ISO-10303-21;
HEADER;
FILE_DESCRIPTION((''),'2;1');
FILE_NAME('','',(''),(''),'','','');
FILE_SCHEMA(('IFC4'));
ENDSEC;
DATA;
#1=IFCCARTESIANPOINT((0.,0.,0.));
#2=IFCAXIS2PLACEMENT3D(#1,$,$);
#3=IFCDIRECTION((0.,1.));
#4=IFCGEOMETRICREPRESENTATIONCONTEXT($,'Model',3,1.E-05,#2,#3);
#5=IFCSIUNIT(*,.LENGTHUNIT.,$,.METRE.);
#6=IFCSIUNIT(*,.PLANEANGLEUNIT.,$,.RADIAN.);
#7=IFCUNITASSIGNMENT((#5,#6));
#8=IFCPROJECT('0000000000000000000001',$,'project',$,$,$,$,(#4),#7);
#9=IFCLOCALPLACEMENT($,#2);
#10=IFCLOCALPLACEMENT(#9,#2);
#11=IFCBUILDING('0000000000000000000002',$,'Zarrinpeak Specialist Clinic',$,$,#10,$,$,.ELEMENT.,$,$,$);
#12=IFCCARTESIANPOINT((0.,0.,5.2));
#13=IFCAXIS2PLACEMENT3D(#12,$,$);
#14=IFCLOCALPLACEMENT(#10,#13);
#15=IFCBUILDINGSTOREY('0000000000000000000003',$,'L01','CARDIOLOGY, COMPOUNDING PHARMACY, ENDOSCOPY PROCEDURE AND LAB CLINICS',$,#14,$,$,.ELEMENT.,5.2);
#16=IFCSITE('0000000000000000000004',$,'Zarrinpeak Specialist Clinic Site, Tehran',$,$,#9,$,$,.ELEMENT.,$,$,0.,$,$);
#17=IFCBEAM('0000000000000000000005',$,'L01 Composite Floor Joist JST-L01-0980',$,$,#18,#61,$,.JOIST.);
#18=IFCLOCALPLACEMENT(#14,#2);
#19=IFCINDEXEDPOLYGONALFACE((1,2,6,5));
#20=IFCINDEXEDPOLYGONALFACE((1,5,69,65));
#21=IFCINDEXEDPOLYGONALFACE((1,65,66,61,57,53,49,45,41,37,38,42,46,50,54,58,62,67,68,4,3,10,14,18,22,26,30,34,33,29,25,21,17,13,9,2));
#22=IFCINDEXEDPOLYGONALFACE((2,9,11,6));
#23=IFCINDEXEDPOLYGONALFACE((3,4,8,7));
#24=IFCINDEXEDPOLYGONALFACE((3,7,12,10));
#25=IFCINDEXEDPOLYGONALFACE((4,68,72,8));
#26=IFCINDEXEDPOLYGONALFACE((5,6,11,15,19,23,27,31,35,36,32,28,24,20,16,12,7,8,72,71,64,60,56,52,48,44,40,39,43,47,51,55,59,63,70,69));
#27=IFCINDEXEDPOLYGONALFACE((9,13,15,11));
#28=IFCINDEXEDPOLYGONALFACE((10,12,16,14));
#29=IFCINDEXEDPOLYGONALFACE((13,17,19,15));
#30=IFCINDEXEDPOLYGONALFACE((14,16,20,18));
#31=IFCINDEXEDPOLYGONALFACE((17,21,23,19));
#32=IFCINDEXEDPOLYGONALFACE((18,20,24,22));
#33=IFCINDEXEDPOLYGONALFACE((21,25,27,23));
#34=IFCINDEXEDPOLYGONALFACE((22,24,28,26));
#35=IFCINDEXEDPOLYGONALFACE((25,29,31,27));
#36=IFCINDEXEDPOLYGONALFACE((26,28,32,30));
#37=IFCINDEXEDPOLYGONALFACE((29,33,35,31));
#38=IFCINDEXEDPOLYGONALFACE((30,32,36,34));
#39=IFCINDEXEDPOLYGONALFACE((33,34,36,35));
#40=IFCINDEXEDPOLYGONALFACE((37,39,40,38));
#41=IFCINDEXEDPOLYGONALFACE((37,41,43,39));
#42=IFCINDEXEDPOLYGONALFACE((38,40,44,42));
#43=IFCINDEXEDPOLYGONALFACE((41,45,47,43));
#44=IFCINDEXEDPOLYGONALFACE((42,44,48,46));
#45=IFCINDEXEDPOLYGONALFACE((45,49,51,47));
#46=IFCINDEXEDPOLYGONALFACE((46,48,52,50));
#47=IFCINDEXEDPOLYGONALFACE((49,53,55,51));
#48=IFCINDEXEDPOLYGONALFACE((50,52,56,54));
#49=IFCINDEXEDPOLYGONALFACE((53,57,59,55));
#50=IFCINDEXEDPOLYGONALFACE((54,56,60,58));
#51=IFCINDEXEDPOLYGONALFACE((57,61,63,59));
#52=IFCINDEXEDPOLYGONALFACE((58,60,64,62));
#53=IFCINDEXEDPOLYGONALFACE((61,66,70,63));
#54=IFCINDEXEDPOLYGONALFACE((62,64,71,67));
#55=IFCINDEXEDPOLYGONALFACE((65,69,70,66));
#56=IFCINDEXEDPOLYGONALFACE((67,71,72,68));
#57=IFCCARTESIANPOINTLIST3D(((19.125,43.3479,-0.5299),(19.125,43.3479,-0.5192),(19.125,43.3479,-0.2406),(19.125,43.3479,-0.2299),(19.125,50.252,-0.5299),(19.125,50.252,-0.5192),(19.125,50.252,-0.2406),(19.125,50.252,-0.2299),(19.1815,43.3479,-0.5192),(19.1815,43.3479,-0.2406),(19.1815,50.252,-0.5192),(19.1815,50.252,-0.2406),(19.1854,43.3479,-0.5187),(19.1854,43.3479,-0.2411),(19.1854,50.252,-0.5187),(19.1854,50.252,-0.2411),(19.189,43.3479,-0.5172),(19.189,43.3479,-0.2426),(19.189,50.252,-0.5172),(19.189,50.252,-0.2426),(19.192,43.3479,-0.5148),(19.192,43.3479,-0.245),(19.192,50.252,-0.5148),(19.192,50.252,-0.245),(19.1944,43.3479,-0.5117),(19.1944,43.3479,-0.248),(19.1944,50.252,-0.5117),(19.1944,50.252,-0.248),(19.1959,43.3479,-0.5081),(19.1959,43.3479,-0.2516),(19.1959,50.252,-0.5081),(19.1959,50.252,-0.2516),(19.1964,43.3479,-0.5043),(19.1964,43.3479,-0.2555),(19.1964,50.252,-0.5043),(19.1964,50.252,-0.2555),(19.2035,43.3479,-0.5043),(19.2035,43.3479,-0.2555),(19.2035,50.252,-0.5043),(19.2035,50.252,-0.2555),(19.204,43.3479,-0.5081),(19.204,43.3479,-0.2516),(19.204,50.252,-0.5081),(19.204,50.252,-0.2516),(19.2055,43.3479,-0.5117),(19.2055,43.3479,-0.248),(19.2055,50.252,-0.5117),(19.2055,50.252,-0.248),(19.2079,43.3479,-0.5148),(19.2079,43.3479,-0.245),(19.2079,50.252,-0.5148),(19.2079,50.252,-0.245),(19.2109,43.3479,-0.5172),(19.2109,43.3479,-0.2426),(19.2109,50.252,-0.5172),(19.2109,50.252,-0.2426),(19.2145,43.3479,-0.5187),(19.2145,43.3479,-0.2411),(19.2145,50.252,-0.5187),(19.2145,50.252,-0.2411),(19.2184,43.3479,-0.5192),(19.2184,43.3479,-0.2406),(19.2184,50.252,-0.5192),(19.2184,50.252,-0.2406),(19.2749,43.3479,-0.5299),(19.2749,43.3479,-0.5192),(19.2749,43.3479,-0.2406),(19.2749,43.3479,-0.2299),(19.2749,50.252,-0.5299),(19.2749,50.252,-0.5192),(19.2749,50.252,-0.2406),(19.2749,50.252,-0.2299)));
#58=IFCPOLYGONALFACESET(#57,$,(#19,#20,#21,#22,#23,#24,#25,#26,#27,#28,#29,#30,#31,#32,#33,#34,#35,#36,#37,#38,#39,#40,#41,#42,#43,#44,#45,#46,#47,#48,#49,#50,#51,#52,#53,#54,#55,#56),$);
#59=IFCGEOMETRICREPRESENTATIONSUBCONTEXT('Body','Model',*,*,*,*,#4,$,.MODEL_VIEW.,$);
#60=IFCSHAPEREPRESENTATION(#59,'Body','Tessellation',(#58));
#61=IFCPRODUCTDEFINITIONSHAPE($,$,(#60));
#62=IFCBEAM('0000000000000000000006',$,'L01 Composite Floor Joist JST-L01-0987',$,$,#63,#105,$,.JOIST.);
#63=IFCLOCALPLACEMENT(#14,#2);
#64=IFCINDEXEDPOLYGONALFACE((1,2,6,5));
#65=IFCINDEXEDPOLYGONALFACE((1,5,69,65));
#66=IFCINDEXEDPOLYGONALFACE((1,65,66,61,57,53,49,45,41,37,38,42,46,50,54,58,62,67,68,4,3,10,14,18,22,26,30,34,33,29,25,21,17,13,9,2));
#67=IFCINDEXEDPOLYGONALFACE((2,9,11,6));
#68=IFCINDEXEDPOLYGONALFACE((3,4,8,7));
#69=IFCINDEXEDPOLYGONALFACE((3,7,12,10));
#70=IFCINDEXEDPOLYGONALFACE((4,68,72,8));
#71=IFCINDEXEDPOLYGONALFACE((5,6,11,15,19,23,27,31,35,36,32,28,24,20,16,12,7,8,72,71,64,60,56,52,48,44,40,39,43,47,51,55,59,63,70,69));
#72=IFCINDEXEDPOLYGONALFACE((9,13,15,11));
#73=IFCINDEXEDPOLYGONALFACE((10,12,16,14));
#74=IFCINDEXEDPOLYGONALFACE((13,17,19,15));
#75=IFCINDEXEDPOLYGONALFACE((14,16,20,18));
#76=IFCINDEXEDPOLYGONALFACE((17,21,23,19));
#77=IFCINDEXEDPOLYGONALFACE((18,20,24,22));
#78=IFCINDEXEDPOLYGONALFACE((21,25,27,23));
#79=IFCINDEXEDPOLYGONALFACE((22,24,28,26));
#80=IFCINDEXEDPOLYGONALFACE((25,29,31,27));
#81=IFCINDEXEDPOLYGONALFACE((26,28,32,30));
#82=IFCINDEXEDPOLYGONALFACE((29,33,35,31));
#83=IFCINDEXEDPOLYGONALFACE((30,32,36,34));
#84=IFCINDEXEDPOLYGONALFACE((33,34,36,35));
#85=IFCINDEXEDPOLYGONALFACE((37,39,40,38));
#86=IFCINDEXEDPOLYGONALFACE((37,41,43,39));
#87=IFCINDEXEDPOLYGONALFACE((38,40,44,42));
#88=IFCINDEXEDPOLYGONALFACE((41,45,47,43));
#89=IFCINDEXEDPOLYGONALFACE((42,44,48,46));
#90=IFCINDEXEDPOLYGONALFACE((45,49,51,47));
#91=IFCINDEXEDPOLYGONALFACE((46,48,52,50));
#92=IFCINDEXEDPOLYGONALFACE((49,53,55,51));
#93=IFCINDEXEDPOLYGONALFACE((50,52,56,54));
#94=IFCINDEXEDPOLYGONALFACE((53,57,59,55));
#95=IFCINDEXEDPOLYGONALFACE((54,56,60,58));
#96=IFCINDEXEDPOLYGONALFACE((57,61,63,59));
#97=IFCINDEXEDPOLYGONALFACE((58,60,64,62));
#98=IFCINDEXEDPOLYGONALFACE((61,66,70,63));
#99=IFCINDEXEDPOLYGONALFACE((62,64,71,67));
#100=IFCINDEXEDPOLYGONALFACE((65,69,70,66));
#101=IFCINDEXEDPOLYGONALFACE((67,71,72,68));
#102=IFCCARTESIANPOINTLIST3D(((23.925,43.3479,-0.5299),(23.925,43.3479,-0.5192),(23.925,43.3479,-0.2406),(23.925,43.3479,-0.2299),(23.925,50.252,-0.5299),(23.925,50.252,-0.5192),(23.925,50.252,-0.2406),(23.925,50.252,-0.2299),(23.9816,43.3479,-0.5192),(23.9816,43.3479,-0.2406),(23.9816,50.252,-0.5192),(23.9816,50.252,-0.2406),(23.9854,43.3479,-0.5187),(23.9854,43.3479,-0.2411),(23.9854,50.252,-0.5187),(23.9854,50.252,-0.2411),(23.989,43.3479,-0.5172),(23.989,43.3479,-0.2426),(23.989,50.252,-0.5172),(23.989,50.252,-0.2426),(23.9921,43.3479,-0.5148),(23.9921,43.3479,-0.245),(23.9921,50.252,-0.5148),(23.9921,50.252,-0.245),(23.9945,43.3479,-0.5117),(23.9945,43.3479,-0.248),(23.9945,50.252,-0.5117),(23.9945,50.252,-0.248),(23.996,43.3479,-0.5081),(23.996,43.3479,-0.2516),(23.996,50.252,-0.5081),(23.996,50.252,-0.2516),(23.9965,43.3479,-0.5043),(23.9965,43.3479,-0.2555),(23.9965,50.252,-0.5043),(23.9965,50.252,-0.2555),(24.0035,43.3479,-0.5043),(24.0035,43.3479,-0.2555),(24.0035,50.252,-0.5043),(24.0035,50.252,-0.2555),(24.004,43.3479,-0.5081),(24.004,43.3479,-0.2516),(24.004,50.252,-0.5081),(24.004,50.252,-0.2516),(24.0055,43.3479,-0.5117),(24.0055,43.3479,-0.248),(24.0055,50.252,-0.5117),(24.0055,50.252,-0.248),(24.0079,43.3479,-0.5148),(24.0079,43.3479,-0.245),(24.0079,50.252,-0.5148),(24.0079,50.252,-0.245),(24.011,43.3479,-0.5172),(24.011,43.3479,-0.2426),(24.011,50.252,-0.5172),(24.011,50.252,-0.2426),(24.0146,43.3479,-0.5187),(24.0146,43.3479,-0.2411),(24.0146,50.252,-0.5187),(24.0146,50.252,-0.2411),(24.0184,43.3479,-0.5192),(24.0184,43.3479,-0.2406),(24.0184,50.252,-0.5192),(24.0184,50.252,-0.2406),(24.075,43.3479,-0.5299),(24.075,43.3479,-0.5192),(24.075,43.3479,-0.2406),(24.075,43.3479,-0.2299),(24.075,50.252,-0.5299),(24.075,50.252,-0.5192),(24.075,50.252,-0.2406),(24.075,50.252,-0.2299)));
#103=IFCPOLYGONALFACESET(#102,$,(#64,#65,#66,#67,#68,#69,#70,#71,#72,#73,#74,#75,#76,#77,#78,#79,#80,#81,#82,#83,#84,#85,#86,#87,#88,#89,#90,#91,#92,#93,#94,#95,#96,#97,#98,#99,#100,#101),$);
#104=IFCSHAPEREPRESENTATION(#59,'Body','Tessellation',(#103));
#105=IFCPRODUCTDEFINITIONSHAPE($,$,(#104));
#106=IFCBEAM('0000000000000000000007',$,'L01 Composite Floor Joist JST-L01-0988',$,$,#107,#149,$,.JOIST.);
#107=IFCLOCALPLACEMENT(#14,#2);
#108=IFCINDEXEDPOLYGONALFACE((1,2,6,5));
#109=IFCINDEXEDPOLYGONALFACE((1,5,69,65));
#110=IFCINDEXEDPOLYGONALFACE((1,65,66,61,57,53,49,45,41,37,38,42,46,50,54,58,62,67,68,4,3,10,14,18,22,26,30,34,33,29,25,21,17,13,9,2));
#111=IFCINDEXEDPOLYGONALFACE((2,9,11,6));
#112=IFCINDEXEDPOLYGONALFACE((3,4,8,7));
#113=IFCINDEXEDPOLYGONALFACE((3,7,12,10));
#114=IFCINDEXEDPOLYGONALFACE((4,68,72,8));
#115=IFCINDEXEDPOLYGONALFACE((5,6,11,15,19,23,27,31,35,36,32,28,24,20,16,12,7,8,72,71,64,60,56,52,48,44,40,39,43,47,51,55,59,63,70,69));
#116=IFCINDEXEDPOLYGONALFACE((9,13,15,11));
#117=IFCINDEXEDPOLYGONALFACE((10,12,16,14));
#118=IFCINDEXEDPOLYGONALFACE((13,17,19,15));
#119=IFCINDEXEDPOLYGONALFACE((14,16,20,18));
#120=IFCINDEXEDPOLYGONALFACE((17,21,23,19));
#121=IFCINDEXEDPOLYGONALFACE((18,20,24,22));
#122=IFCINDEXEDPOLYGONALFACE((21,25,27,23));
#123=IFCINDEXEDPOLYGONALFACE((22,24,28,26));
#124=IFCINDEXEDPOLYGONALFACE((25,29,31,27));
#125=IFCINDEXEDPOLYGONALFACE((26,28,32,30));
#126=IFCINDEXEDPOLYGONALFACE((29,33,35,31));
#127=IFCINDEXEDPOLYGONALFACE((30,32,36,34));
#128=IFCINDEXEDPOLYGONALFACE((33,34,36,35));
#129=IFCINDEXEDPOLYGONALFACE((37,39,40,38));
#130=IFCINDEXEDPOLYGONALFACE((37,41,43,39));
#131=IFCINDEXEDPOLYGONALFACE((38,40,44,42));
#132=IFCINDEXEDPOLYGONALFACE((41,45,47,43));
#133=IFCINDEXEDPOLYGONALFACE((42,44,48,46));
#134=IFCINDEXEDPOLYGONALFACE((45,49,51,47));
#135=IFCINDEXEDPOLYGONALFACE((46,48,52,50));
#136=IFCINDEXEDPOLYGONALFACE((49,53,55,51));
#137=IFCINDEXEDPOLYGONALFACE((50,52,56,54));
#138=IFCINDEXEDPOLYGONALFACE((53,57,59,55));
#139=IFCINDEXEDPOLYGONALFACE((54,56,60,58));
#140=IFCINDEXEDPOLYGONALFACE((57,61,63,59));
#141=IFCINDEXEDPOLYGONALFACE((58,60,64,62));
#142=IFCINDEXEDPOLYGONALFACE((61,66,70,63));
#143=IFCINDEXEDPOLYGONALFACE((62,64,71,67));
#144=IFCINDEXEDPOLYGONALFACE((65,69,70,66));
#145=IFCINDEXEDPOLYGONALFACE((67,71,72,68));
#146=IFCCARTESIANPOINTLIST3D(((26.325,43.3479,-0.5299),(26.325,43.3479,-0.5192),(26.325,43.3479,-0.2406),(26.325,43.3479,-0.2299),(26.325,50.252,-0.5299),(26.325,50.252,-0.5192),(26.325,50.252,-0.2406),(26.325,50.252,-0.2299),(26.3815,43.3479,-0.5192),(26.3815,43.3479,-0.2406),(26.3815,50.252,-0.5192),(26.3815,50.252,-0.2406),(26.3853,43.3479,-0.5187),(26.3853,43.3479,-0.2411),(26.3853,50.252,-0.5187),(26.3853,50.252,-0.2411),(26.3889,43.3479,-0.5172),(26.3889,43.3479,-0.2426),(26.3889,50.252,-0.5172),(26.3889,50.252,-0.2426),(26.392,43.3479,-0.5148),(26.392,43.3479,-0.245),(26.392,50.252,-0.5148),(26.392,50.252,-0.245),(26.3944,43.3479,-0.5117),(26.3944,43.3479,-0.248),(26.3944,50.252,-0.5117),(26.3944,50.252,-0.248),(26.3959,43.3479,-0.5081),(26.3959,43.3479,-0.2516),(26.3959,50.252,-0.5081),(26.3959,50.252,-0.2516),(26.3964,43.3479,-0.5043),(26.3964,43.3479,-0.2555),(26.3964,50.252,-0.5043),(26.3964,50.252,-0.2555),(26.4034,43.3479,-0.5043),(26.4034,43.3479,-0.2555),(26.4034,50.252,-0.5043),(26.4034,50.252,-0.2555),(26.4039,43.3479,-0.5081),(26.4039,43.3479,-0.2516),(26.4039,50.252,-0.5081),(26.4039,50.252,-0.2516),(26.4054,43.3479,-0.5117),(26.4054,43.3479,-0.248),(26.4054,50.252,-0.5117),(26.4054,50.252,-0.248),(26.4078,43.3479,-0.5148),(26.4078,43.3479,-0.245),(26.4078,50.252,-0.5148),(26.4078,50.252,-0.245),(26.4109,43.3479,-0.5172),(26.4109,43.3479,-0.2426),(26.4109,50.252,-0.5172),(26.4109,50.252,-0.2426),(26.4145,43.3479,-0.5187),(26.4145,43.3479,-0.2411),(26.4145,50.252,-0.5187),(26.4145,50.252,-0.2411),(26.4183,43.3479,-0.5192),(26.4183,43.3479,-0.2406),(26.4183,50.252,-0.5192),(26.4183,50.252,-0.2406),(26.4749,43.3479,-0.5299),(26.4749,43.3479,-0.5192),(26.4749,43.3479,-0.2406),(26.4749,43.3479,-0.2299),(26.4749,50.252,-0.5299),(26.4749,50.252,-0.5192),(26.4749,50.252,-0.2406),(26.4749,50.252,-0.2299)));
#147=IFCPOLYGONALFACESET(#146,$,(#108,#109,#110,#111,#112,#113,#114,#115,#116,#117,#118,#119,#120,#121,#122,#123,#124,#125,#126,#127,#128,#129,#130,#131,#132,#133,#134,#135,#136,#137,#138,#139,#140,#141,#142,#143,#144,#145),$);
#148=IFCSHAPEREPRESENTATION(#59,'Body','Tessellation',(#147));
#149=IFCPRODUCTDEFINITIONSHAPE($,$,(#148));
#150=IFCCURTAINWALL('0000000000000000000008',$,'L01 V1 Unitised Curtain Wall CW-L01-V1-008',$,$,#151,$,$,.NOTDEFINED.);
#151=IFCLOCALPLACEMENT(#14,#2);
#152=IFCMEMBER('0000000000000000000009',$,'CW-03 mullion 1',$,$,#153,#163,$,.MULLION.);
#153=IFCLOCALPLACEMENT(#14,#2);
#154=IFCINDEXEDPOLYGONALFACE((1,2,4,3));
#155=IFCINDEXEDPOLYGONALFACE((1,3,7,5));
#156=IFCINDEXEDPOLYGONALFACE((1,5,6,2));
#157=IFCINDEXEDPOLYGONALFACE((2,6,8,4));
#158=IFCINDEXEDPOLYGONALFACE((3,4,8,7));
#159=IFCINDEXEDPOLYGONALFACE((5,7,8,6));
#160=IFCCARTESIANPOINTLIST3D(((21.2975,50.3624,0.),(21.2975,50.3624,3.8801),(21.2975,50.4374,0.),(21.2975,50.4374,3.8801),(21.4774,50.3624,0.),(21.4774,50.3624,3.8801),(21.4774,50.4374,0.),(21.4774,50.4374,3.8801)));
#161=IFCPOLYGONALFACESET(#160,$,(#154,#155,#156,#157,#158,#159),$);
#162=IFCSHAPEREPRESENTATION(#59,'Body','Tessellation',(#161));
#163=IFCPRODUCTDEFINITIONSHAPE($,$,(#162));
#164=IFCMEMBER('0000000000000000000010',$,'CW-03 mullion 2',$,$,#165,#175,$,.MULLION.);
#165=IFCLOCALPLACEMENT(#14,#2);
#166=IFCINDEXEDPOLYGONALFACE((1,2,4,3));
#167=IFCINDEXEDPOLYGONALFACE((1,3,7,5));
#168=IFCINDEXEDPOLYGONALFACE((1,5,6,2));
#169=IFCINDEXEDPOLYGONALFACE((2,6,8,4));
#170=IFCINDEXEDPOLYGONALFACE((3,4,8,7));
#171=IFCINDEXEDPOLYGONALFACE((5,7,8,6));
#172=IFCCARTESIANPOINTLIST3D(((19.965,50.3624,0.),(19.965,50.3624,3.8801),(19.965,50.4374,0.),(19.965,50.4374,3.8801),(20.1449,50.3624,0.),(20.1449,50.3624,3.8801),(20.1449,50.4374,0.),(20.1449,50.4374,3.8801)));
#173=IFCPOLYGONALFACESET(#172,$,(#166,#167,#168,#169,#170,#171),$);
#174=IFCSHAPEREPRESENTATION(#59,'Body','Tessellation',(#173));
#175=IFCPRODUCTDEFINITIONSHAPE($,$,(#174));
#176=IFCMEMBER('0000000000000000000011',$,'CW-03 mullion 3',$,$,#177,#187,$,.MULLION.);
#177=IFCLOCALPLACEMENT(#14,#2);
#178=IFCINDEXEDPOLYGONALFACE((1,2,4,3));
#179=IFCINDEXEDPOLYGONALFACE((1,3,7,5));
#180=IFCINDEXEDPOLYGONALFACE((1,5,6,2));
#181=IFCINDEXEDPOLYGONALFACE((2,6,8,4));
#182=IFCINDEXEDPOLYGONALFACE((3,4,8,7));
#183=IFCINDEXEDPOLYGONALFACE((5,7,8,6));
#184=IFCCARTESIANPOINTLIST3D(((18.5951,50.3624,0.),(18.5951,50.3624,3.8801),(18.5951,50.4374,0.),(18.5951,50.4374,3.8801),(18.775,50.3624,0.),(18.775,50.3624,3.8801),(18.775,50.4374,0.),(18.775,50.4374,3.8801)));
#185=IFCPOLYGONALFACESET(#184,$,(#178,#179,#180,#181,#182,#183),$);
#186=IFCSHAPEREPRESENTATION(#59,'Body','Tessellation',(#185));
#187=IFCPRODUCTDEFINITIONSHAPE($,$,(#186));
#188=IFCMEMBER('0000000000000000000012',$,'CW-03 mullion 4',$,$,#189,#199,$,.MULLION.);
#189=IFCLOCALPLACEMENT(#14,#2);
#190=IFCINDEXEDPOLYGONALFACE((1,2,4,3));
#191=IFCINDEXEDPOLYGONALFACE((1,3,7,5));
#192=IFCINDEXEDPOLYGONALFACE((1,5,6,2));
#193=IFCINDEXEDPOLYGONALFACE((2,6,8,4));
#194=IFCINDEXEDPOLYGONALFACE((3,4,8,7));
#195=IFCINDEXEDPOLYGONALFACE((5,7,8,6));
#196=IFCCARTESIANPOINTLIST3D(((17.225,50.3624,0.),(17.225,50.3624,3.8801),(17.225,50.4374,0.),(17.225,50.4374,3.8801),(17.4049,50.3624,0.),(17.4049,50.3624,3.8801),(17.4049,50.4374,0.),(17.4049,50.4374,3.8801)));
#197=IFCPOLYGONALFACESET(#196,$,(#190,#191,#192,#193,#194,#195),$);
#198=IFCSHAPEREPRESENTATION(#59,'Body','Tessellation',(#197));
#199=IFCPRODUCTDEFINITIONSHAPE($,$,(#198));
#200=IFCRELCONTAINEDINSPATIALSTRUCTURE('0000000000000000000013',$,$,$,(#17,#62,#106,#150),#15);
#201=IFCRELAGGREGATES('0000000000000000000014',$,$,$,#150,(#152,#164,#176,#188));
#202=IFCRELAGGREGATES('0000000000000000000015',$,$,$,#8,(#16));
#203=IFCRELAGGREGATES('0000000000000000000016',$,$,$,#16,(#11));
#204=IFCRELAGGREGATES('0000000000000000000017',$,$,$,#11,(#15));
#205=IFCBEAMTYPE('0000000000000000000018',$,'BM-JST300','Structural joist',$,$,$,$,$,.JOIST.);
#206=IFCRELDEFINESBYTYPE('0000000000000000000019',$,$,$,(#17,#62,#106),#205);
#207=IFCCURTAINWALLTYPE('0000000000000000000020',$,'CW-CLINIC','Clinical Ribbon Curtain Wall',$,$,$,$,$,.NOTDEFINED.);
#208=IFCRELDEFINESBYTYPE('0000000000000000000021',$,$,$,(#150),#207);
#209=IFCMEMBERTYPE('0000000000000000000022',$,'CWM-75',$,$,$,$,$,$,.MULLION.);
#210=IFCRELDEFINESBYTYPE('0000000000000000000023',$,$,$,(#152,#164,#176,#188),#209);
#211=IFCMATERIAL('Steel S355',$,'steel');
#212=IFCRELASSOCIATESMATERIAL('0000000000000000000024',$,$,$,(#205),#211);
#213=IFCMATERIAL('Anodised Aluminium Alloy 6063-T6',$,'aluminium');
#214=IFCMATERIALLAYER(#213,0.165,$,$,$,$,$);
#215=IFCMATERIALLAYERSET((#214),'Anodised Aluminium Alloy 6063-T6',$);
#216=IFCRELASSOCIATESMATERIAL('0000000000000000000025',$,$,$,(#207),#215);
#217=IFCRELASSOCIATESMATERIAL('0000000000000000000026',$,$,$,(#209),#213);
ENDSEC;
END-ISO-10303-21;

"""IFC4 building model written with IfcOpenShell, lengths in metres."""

from ifc_helpers import new_model, si_unit, direction, frame, origin, origin_2d, place, context, subcontext, project, spatial, rectangle, i_section, extrude, material, layer, layer_set, material_profile, profile_set, type_object, element, aggregate, save


model = new_model("IFC4")

# Units and contexts
model_context = context("Model", 3, precision=1e-05, world=origin(), true_north=direction((0.0, 1.0)))
body_context = subcontext(model_context, "Body", "Model", "MODEL_VIEW")
ifc_project = project(units=[si_unit("LENGTHUNIT", "METRE"), si_unit("PLANEANGLEUNIT", "RADIAN")], contexts=[model_context])

# Site, building, storey
site_placement = place(None, origin())
site = spatial("IfcSite", under=ifc_project, at=site_placement, Name="Zarrinpeak Specialist Clinic Site, Tehran", CompositionType="ELEMENT", RefElevation=0.0)
building_placement = place(site_placement, origin())
building = spatial("IfcBuilding", under=site, at=building_placement, Name="Zarrinpeak Specialist Clinic", CompositionType="ELEMENT")
storey_placement = place(building_placement, frame((0.0, 0.0, 5.2)))
storey = spatial("IfcBuildingStorey", under=building, at=storey_placement, Name="L01", Description="CARDIOLOGY, COMPOUNDING PHARMACY, ENDOSCOPY PROCEDURE AND LAB CLINICS", CompositionType="ELEMENT", Elevation=5.2)

# Shared definitions
ifc_material_1 = material(Name="Steel S355", Category="steel")

# Beams
ifc_material_profile_1 = material_profile(ifc_material_1, i_section(OverallWidth=0.1499, OverallDepth=0.3, WebThickness=0.0071, FlangeThickness=0.0107, FilletRadius=0.0149, at=origin_2d()), Name="IPE 300")
ifc_profile_set_1 = profile_set([ifc_material_profile_1], Name="Steel S355")
beam_type_1 = type_object("IfcBeamType", Name="BM-JST300", Description="Structural joist", PredefinedType="JOIST", material=ifc_profile_set_1)
for number, where, z_axis, x_axis, name in (
    (1, (19.2, 43.3479, -0.3799), (0.0, 1.0, 0.0), (-1.0, 0.0, 0.0), "L01 Composite Floor Joist JST-L01-0980"),
    (2, (24.0, 43.3479, -0.3799), (0.0, 1.0, 0.0), (-1.0, 0.0, 0.0), "L01 Composite Floor Joist JST-L01-0987"),
    (3, (26.3999, 43.3479, -0.3799), (0.0, 1.0, 0.0), (-1.0, 0.0, 0.0), "L01 Composite Floor Joist JST-L01-0988"),
):
    element("IfcBeam", number, at=place(storey_placement, frame(where, z_axis=z_axis, x_axis=x_axis)), inside=storey, type_object=beam_type_1, Name=name, PredefinedType="JOIST", context=body_context, shape_type="SweptSolid", body=[
        extrude(i_section(OverallWidth=0.1499, OverallDepth=0.3, WebThickness=0.0071, FlangeThickness=0.0107, FilletRadius=0.0149, at=origin_2d()), origin(), (0.0, 0.0, 1.0), 6.9041),
    ])

# Curtain wall, members
ifc_material_2 = material(Name="Anodised Aluminium Alloy 6063-T6", Category="aluminium")
ifc_layer_1 = layer(ifc_material_2, 0.165)
ifc_layer_set_1 = layer_set([ifc_layer_1], Name="Anodised Aluminium Alloy 6063-T6")
curtain_wall_type = type_object("IfcCurtainWallType", Name="CW-CLINIC", Description="Clinical Ribbon Curtain Wall", PredefinedType="NOTDEFINED", material=ifc_layer_set_1)
curtain_wall_placement = place(storey_placement, origin())
curtain_wall = element("IfcCurtainWall", 4, at=curtain_wall_placement, inside=storey, type_object=curtain_wall_type, Name="L01 V1 Unitised Curtain Wall CW-L01-V1-008", PredefinedType="NOTDEFINED")
ifc_material_profile_2 = material_profile(ifc_material_2, rectangle(XDim=0.075, YDim=0.1799, at=origin_2d()), Name="ALU 75x180")
ifc_profile_set_2 = profile_set([ifc_material_profile_2], Name="Anodised Aluminium Alloy 6063-T6")
member_type_1 = type_object("IfcMemberType", Name="CWM-75", PredefinedType="MULLION", material=ifc_profile_set_2)
member_1_placement = place(storey_placement, frame((21.3875, 50.3999, 0.0), z_axis=(0.0, 0.0, 1.0), x_axis=(0.0, -1.0, 0.0)))
member_1 = element("IfcMember", 5, at=member_1_placement, type_object=member_type_1, Name="CW-03 mullion 1", PredefinedType="MULLION", context=body_context, shape_type="SweptSolid", body=[
    extrude(rectangle(XDim=0.075, YDim=0.1799, at=origin_2d()), origin(), (0.0, 0.0, 1.0), 3.8801),
])
member_2_placement = place(storey_placement, frame((20.0549, 50.3999, 0.0), z_axis=(0.0, 0.0, 1.0), x_axis=(0.0, -1.0, 0.0)))
member_2 = element("IfcMember", 6, at=member_2_placement, type_object=member_type_1, Name="CW-03 mullion 2", PredefinedType="MULLION", context=body_context, shape_type="SweptSolid", body=[
    extrude(rectangle(XDim=0.075, YDim=0.1799, at=origin_2d()), origin(), (0.0, 0.0, 1.0), 3.8801),
])
member_3_placement = place(storey_placement, frame((18.6851, 50.3999, 0.0), z_axis=(0.0, 0.0, 1.0), x_axis=(0.0, -1.0, 0.0)))
member_3 = element("IfcMember", 7, at=member_3_placement, type_object=member_type_1, Name="CW-03 mullion 3", PredefinedType="MULLION", context=body_context, shape_type="SweptSolid", body=[
    extrude(rectangle(XDim=0.075, YDim=0.1799, at=origin_2d()), origin(), (0.0, 0.0, 1.0), 3.8801),
])
member_4_placement = place(storey_placement, frame((17.3149, 50.3999, 0.0), z_axis=(0.0, 0.0, 1.0), x_axis=(0.0, -1.0, 0.0)))
member_4 = element("IfcMember", 8, at=member_4_placement, type_object=member_type_1, Name="CW-03 mullion 4", PredefinedType="MULLION", context=body_context, shape_type="SweptSolid", body=[
    extrude(rectangle(XDim=0.075, YDim=0.1799, at=origin_2d()), origin(), (0.0, 0.0, 1.0), 3.8801),
])
aggregate(curtain_wall, [member_1, member_2, member_3, member_4])

save(model, "model.ifc")
